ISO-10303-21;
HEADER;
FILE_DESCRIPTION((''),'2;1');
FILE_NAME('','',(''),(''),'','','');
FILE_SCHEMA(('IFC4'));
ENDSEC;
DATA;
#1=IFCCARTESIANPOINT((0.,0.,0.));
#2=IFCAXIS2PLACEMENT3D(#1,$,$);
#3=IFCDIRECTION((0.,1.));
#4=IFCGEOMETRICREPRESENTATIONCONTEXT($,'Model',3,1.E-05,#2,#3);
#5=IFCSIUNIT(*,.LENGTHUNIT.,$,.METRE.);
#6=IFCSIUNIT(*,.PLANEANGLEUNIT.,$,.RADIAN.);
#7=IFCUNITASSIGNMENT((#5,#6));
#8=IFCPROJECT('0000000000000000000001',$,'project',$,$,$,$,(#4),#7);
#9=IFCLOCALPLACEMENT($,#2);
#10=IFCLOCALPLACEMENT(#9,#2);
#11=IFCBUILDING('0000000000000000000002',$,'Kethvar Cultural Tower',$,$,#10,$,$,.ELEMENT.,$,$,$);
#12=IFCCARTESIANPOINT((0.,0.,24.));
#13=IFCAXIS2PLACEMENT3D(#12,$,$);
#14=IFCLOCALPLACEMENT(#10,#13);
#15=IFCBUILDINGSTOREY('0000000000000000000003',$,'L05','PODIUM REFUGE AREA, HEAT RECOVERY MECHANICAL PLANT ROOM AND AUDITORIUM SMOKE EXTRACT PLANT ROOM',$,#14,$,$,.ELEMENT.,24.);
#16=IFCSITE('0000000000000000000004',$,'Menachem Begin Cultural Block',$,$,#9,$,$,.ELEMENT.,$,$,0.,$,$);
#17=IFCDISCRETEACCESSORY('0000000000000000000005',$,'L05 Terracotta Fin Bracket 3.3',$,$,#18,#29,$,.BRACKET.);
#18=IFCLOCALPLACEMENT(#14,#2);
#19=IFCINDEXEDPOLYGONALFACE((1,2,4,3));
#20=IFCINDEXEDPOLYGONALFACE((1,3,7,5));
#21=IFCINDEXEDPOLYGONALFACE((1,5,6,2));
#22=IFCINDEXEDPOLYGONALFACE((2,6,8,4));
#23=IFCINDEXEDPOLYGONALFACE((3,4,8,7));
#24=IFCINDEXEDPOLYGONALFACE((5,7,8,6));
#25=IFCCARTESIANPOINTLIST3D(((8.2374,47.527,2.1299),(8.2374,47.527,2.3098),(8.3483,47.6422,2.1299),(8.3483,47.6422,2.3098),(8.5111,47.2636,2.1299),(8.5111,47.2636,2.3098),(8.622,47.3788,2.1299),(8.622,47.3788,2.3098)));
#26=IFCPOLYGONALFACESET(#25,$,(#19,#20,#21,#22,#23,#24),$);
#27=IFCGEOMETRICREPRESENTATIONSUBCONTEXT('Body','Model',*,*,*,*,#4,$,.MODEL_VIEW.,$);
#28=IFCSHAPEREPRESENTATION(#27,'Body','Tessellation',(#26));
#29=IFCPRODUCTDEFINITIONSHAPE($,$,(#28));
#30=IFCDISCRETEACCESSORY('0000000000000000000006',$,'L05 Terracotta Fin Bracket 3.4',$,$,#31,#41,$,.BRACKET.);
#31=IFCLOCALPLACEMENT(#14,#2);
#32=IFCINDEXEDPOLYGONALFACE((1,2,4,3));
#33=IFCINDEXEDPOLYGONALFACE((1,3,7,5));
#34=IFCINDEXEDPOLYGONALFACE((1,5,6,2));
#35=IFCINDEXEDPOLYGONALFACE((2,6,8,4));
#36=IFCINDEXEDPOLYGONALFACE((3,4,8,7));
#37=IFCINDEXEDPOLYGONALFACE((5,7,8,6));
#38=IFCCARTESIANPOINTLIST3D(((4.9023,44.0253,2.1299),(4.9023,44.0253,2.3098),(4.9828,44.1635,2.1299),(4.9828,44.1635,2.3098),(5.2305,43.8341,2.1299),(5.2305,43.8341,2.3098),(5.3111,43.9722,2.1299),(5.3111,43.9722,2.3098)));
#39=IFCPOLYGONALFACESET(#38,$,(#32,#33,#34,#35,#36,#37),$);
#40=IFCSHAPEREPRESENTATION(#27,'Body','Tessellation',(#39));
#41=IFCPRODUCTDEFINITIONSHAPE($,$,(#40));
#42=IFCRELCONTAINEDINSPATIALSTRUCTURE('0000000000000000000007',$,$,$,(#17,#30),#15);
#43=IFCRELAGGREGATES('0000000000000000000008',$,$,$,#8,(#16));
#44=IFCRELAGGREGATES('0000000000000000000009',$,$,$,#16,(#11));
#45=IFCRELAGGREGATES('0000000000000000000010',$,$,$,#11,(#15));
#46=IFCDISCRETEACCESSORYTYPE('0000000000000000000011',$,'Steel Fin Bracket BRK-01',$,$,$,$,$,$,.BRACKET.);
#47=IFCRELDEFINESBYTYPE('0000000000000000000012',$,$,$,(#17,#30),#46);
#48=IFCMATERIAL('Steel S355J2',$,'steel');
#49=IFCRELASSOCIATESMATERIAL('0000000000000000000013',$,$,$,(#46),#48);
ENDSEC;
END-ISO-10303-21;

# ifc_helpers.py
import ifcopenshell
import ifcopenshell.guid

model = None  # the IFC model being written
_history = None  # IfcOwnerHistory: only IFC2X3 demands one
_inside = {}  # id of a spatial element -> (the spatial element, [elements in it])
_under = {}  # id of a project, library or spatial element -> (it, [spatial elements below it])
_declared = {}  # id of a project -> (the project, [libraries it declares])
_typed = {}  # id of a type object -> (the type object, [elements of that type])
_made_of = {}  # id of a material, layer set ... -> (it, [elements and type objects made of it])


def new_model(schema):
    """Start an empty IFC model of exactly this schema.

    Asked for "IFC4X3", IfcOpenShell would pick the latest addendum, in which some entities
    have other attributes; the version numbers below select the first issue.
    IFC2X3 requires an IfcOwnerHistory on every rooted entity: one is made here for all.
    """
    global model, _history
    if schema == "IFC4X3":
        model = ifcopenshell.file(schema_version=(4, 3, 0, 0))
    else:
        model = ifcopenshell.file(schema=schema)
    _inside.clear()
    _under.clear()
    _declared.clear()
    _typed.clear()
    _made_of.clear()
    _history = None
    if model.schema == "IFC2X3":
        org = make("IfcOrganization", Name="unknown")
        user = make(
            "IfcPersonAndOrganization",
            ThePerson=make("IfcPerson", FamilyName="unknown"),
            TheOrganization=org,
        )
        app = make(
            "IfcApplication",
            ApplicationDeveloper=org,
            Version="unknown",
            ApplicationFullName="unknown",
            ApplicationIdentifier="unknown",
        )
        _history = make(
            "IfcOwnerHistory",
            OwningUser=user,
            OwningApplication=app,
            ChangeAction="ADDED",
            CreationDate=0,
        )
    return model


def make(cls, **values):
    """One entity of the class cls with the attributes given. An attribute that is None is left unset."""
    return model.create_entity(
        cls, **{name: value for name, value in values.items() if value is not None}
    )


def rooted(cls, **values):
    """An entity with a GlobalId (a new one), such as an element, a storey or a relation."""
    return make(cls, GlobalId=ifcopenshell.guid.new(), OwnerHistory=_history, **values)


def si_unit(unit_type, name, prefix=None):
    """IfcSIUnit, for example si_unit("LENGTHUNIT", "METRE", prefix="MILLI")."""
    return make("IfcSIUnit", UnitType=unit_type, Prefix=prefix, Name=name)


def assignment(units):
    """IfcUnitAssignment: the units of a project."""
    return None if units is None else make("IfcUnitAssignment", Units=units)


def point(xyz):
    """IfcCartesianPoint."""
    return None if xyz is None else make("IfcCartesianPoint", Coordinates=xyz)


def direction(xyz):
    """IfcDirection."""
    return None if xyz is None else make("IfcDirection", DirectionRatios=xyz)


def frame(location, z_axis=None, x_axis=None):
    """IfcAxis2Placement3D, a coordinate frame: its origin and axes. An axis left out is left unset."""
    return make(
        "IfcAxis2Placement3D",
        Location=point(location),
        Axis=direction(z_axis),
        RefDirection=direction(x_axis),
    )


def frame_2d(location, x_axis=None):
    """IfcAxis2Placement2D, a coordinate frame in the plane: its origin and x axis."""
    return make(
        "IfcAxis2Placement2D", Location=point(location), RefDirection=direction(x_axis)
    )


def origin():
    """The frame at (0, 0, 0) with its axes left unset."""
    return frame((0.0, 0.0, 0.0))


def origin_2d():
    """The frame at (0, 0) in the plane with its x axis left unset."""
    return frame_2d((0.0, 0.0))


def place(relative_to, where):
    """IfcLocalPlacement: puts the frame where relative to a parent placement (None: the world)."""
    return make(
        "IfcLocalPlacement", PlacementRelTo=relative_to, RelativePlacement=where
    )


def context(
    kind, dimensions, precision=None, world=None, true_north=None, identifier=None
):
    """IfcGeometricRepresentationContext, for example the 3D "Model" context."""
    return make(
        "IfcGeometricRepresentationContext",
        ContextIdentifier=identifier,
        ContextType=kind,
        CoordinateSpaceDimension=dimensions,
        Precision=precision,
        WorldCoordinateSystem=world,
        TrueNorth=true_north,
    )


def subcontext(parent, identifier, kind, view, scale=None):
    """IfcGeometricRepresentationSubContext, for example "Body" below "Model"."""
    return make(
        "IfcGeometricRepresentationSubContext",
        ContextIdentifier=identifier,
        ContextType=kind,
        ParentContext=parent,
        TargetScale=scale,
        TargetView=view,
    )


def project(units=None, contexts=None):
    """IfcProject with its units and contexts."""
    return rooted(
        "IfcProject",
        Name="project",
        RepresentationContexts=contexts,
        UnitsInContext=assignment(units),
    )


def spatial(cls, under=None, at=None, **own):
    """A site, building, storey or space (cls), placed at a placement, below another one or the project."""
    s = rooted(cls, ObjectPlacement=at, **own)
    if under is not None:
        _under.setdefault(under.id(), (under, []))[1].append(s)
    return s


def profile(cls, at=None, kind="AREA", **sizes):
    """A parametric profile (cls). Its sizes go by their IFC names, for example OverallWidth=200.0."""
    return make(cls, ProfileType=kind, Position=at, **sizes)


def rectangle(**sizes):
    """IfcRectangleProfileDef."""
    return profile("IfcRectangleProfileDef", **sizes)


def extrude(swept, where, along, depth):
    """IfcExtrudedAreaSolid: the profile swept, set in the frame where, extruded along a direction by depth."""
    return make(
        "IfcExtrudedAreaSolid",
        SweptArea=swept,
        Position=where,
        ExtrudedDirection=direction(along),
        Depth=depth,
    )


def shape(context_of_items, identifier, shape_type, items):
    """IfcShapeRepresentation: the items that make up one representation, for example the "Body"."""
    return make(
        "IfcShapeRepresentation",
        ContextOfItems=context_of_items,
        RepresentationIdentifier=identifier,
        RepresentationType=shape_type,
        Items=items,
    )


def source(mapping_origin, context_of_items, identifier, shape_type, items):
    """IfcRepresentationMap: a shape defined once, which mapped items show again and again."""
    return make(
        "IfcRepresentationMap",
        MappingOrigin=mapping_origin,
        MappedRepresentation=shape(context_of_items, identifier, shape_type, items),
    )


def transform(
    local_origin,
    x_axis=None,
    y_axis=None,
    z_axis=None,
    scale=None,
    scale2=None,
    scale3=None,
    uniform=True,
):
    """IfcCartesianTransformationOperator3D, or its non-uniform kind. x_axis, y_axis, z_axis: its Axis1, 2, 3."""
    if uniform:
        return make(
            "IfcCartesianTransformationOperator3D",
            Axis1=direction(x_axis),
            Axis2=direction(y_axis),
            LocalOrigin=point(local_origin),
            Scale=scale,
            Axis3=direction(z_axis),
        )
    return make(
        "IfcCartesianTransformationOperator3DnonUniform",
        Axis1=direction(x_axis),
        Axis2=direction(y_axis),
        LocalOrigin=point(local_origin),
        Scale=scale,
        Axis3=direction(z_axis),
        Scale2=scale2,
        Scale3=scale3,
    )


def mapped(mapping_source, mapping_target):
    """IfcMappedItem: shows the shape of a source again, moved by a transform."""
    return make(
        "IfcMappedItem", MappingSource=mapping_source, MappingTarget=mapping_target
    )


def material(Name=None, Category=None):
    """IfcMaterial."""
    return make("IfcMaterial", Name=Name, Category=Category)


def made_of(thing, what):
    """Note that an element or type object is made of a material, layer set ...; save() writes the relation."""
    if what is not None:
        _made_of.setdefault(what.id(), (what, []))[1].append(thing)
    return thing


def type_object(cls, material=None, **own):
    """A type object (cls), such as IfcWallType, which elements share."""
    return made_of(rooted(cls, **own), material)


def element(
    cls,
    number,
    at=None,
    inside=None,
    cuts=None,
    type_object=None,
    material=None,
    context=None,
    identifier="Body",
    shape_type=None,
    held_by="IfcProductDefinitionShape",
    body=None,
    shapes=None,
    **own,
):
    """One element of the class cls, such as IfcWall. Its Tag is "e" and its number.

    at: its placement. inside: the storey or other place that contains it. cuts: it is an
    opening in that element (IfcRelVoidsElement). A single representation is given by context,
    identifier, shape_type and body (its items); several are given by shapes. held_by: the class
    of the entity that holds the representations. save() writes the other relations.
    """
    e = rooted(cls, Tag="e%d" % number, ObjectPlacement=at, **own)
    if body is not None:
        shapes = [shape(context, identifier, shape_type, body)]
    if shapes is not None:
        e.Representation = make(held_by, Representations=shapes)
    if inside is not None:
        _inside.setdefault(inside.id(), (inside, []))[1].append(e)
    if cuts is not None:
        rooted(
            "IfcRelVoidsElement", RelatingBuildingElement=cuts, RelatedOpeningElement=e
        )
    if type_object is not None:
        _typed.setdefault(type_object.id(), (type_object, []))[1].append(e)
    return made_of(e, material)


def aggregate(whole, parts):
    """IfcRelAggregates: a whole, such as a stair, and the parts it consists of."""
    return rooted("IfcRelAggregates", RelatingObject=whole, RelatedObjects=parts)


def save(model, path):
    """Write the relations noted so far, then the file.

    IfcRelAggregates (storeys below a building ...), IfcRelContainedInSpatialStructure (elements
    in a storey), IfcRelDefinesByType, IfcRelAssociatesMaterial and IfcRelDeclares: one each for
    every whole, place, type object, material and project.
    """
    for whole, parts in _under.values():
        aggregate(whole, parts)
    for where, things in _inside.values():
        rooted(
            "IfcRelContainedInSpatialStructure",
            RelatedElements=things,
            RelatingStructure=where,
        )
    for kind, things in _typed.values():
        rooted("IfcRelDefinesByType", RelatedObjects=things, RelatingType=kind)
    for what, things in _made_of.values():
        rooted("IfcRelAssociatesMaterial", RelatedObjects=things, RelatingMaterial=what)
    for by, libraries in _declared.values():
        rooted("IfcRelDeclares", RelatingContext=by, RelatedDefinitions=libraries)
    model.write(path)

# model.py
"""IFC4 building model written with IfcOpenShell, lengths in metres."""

from ifc_helpers import new_model, si_unit, direction, frame, origin, origin_2d, place, context, subcontext, project, spatial, rectangle, extrude, source, transform, mapped, material, type_object, element, save


model = new_model("IFC4")

# Units and contexts
model_context = context("Model", 3, precision=1e-05, world=origin(), true_north=direction((0.0, 1.0)))
body_context = subcontext(model_context, "Body", "Model", "MODEL_VIEW")
ifc_project = project(units=[si_unit("LENGTHUNIT", "METRE"), si_unit("PLANEANGLEUNIT", "RADIAN")], contexts=[model_context])

# Site, building, storey
site_placement = place(None, origin())
site = spatial("IfcSite", under=ifc_project, at=site_placement, Name="Menachem Begin Cultural Block", CompositionType="ELEMENT", RefElevation=0.0)
building_placement = place(site_placement, origin())
building = spatial("IfcBuilding", under=site, at=building_placement, Name="Kethvar Cultural Tower", CompositionType="ELEMENT")
storey_placement = place(building_placement, frame((0.0, 0.0, 24.0)))
storey = spatial("IfcBuildingStorey", under=building, at=storey_placement, Name="L05", Description="PODIUM REFUGE AREA, HEAT RECOVERY MECHANICAL PLANT ROOM AND AUDITORIUM SMOKE EXTRACT PLANT ROOM", CompositionType="ELEMENT", Elevation=24.0)

# Shared definitions
ifc_material_1 = material(Name="Steel S355J2", Category="steel")

# Discrete accessories
discrete_accessory_type = type_object("IfcDiscreteAccessoryType", Name="Steel Fin Bracket BRK-01", PredefinedType="BRACKET", material=ifc_material_1)
shared_shape_1 = source(origin(), body_context, "Body", "SweptSolid", [
    extrude(rectangle(XDim=0.3799, YDim=0.1599, at=origin_2d()), origin(), (0.0, 0.0, 1.0), 0.1799),
])
for number, where, z_axis, x_axis, name in (
    (1, (8.4297, 47.4529, 2.1299), (0.0, 0.0, 1.0), (-0.720551, 0.693402, 0.0), "L05 Terracotta Fin Bracket 3.3"),
    (2, (5.1067, 43.9988, 2.1299), (0.0, 0.0, 1.0), (-0.864011, 0.503472, 0.0), "L05 Terracotta Fin Bracket 3.4"),
):
    element("IfcDiscreteAccessory", number, at=place(storey_placement, frame(where, z_axis=z_axis, x_axis=x_axis)), inside=storey, type_object=discrete_accessory_type, Name=name, PredefinedType="BRACKET", context=body_context, shape_type="MappedRepresentation", body=[
        mapped(shared_shape_1, transform((0.0, 0.0, 0.0), scale=1.0)),
    ])

save(model, "model.ifc")
